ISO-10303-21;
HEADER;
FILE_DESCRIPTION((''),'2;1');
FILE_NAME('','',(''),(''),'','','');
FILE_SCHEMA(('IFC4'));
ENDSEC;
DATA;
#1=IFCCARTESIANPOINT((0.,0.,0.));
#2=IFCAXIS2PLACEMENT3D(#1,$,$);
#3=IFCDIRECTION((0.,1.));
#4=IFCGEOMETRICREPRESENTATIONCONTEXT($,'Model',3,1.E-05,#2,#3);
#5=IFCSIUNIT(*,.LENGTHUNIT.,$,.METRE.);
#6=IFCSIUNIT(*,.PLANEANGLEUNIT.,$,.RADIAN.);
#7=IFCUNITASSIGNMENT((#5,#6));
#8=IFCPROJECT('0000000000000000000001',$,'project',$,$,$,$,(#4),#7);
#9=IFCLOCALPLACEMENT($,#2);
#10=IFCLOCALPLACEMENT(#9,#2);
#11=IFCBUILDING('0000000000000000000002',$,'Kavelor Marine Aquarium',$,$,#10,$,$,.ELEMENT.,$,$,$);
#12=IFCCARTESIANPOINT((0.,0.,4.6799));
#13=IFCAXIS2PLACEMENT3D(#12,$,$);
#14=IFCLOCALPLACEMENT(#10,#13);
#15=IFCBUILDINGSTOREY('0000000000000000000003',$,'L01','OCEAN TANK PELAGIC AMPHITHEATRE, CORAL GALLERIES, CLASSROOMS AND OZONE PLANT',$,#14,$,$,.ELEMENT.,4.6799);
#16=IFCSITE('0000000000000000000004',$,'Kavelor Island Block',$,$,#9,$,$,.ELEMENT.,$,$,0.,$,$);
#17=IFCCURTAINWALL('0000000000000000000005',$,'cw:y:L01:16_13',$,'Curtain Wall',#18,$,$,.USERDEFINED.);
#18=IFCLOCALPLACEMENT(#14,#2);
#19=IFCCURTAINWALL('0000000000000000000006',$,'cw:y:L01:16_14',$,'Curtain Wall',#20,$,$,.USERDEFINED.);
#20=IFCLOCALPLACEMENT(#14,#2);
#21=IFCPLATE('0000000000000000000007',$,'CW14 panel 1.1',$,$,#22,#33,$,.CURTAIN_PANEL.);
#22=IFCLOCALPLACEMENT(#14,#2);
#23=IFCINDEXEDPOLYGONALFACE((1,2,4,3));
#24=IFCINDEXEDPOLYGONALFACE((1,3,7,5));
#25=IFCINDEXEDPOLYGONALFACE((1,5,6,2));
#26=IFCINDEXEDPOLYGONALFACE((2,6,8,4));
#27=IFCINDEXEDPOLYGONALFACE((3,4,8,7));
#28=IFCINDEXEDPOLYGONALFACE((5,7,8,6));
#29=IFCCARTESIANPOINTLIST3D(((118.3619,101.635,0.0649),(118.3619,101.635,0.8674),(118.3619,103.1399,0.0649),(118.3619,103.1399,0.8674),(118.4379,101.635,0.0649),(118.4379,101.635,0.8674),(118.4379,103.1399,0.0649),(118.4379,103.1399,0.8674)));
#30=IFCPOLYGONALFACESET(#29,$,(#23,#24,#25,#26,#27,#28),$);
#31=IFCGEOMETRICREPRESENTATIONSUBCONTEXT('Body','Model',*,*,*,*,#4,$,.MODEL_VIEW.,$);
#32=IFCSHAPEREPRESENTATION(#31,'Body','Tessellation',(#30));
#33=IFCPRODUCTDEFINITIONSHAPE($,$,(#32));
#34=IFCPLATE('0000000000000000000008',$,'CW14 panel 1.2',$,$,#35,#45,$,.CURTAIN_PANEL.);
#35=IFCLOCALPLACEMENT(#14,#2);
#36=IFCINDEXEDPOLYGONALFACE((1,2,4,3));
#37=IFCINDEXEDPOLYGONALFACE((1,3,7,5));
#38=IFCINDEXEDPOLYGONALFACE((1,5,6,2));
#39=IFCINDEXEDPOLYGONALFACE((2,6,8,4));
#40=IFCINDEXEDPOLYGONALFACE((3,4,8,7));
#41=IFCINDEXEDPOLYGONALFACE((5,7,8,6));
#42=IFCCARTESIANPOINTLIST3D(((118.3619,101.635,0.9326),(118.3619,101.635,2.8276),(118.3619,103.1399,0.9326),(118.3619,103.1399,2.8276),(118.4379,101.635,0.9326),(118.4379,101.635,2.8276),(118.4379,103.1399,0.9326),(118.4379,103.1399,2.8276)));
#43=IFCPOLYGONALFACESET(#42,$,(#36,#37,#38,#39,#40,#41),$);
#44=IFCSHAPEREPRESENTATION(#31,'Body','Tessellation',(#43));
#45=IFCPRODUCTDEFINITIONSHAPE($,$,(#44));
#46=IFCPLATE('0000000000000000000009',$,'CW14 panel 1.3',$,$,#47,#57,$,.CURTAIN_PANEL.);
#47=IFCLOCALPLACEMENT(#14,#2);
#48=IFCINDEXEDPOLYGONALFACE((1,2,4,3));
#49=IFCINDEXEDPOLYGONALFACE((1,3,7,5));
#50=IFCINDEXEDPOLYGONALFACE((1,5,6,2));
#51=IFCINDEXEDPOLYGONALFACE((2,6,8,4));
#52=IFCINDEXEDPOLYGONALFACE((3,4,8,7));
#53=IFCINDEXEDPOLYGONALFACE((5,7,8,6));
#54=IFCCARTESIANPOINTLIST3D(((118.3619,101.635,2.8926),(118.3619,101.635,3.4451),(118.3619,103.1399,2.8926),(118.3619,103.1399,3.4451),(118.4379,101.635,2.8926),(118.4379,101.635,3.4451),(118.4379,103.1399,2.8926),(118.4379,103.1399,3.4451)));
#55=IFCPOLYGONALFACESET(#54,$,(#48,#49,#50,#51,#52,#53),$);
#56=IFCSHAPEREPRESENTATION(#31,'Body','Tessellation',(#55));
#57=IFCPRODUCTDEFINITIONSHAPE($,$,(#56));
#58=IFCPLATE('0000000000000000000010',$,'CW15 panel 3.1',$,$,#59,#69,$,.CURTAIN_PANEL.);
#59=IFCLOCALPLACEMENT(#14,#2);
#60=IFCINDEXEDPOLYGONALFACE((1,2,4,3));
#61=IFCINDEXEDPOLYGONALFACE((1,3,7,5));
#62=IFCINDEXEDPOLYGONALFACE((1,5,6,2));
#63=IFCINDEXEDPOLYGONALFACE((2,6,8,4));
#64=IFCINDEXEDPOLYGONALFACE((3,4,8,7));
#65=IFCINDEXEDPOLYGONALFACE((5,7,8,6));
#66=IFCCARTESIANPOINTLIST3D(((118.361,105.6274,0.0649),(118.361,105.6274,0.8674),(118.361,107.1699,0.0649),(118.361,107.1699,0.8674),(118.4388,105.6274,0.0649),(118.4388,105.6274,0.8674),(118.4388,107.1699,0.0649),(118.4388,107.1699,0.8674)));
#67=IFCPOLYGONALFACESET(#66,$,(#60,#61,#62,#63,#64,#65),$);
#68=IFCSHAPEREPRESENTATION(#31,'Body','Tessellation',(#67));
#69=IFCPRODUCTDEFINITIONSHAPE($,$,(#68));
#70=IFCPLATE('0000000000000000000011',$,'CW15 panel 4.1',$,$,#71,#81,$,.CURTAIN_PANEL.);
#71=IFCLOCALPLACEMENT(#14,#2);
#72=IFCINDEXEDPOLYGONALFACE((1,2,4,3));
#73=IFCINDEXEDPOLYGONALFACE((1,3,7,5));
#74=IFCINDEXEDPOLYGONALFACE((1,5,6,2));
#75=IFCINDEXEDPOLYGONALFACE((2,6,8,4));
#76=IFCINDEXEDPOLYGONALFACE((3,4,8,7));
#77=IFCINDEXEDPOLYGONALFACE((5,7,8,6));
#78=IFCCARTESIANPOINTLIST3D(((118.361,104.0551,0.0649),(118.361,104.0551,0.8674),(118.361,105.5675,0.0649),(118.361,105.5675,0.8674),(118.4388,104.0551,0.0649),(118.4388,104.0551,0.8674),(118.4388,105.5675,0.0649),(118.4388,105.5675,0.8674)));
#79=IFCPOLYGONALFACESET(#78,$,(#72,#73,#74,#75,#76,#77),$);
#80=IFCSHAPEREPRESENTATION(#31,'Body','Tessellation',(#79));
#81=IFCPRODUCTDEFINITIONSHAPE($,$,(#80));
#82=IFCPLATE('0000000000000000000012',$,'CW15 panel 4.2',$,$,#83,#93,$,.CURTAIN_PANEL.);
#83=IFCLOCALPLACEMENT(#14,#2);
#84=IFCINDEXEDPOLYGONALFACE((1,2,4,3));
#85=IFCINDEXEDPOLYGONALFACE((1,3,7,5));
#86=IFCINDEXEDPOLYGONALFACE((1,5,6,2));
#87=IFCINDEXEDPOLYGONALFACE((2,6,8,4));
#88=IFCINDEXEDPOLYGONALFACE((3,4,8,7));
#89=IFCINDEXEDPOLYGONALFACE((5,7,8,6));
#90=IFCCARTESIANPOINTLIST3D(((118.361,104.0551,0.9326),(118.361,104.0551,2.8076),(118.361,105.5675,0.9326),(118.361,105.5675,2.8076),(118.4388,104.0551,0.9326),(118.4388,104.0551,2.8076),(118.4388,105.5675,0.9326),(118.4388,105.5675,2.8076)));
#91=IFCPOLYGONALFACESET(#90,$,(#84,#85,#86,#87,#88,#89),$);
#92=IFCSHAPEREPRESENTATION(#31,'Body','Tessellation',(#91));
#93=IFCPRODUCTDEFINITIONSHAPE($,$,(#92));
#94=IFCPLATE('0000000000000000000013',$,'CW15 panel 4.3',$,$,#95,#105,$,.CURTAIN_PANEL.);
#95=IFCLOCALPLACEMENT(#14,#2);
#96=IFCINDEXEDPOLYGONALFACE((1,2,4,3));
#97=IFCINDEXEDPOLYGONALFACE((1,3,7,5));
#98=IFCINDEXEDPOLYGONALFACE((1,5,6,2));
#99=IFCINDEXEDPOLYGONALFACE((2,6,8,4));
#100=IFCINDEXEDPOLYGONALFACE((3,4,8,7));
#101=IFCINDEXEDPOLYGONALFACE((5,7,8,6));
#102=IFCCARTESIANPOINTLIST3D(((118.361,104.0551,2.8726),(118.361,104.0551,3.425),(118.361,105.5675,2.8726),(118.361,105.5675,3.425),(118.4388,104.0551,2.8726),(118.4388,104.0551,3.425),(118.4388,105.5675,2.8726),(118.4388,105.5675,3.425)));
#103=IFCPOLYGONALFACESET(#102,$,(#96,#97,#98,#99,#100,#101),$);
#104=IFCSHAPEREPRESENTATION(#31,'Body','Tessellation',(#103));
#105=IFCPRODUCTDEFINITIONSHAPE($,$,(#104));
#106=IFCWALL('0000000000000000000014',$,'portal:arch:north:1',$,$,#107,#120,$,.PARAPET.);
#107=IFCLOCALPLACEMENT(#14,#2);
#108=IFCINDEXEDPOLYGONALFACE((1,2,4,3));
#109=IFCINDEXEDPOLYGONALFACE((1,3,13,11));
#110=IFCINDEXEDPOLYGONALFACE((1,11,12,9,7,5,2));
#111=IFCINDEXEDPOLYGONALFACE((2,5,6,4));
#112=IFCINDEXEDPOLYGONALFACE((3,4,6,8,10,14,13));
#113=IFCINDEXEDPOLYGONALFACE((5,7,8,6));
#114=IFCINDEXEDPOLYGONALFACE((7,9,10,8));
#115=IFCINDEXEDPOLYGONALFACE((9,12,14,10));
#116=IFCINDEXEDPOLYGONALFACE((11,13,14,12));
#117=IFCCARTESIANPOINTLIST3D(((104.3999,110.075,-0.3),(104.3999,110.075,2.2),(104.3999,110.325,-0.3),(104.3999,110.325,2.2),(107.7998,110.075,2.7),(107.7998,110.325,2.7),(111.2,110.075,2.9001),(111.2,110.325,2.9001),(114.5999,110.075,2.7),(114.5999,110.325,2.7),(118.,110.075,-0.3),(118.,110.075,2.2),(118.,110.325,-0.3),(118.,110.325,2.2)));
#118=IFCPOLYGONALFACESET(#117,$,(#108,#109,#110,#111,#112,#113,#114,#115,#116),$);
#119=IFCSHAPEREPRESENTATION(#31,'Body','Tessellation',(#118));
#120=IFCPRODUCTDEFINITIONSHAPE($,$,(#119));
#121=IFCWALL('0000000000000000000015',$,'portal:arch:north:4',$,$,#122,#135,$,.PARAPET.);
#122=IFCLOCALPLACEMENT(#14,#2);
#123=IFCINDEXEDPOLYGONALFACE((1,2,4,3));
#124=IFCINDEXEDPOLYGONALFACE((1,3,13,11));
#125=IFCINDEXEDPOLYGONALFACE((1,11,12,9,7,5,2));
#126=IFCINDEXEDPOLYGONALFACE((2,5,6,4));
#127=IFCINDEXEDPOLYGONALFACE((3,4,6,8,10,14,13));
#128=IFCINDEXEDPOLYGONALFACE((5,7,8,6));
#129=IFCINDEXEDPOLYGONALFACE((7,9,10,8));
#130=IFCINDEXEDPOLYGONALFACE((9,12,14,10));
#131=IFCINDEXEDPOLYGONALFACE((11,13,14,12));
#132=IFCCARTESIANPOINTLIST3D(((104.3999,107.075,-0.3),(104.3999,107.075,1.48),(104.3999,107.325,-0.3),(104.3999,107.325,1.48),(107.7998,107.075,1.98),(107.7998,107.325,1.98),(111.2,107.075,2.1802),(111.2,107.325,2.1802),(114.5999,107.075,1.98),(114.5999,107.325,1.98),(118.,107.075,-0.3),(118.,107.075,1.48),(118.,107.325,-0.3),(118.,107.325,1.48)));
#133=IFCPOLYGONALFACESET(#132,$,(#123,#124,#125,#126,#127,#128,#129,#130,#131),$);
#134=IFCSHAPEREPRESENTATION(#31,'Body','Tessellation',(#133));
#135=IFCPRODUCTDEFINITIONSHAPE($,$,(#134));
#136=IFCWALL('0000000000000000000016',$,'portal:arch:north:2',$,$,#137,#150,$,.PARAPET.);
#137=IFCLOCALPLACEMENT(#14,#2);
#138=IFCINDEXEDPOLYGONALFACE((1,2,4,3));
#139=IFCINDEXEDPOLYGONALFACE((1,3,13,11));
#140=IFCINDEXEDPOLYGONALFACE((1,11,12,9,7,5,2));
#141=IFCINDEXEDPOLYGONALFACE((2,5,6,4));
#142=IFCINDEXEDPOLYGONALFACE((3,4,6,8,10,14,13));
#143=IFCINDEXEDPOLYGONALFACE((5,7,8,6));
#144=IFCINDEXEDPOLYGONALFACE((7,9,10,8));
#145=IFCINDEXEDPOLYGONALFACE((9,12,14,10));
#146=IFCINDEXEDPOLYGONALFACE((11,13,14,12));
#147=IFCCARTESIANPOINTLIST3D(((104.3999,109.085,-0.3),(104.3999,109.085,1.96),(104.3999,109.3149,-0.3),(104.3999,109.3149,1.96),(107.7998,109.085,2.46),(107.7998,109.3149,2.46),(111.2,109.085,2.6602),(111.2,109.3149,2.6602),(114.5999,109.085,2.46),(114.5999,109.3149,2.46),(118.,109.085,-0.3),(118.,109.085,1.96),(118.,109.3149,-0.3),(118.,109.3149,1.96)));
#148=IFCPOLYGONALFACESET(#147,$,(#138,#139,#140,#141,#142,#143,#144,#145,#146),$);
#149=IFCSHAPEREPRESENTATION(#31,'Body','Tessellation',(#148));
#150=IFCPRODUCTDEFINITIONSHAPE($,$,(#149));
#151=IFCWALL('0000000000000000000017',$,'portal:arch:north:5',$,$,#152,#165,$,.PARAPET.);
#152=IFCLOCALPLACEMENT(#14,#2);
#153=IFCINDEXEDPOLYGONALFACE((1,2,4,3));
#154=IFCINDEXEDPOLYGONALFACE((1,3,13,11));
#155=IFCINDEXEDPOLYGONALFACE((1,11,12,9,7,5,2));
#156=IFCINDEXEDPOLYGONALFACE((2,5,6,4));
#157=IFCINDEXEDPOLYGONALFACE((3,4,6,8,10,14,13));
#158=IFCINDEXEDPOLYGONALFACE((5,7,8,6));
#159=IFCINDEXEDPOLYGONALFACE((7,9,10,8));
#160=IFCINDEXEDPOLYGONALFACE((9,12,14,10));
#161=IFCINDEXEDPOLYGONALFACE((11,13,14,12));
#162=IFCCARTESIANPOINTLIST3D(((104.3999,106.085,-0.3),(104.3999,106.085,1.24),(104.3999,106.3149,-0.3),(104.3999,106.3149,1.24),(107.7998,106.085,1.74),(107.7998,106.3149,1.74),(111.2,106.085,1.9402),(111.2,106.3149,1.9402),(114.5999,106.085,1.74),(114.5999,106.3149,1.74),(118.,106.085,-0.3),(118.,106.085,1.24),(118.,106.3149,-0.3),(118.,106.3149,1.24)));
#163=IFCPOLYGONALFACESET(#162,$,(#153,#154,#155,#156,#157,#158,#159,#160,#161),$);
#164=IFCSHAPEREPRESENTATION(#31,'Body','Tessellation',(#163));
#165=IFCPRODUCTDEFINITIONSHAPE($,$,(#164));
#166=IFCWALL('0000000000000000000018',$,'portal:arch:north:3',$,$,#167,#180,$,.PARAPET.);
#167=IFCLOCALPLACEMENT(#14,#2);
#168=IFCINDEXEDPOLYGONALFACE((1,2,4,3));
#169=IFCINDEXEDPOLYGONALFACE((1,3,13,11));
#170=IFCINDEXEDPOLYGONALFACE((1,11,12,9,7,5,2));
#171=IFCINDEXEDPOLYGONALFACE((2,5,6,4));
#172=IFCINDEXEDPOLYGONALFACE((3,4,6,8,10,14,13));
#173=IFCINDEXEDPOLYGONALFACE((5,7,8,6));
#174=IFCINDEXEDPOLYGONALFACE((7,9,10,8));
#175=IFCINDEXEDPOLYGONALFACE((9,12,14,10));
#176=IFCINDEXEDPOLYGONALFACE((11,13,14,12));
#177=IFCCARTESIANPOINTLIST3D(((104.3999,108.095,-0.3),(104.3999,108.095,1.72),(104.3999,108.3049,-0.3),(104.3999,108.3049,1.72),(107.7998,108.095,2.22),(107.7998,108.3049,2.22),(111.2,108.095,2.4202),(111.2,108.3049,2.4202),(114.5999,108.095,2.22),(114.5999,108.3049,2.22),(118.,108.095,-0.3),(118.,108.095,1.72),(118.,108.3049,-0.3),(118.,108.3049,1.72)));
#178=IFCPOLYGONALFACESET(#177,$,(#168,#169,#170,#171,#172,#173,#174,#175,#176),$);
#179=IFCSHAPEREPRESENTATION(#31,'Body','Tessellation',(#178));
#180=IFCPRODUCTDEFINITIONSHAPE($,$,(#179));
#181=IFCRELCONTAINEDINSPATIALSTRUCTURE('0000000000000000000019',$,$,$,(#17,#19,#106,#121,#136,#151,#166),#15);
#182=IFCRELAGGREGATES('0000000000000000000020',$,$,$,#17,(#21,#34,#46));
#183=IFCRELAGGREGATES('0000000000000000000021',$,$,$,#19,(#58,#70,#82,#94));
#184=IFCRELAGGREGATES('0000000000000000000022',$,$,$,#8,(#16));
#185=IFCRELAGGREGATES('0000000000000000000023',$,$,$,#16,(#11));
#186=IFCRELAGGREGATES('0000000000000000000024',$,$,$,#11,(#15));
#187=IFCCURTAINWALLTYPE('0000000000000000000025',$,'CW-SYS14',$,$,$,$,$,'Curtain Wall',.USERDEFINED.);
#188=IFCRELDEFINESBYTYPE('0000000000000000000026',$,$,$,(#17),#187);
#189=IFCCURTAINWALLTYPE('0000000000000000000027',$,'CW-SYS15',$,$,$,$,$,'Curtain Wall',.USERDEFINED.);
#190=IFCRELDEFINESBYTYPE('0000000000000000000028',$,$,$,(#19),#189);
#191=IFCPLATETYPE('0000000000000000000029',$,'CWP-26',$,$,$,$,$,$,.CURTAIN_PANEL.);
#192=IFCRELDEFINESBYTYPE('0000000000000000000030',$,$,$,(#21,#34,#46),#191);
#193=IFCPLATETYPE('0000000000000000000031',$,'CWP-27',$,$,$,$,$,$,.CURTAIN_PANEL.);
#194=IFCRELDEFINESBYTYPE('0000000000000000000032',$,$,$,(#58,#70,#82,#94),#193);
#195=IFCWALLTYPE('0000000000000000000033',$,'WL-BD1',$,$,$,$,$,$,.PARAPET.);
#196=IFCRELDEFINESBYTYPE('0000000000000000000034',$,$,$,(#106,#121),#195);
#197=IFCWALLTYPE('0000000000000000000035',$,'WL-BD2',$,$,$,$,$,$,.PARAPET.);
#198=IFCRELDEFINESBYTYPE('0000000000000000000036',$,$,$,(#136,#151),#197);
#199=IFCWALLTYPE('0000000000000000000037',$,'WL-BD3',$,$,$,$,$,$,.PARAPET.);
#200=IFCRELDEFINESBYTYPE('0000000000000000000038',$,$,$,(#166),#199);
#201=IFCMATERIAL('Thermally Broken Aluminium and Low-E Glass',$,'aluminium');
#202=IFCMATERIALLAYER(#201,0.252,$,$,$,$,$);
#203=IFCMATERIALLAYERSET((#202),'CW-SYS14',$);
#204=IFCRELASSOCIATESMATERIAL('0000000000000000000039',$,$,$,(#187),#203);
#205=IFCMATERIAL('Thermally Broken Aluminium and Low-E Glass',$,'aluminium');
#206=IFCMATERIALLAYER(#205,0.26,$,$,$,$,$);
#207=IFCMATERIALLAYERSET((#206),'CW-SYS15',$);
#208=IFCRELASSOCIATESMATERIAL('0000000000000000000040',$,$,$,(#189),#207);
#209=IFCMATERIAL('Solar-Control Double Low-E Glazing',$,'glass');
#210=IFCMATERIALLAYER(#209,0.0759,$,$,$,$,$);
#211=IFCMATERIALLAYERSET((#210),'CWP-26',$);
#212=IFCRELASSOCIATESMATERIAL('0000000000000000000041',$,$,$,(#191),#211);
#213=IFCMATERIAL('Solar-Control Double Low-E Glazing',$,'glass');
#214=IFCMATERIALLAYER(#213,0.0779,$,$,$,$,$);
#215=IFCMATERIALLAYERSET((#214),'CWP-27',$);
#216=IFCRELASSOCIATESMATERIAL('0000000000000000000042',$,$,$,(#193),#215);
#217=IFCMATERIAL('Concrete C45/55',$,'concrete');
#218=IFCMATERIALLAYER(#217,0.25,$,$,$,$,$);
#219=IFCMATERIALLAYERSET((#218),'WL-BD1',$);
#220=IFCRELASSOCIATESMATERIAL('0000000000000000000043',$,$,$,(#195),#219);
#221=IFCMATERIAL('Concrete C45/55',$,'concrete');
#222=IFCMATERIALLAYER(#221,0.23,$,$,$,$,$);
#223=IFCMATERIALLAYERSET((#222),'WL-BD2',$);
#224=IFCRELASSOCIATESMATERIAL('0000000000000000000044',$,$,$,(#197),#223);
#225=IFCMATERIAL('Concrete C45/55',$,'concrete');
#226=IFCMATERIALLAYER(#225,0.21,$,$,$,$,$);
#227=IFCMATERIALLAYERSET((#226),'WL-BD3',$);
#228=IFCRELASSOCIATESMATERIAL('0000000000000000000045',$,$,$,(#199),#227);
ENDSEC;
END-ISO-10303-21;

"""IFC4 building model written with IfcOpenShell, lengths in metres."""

from ifc_helpers import new_model, si_unit, direction, frame, origin, origin_2d, place, context, subcontext, project, spatial, polyline, rectangle, outline, extrude, material, layer, layer_set, type_object, element, aggregate, save


model = new_model("IFC4")

# Units and contexts
model_context = context("Model", 3, precision=1e-05, world=origin(), true_north=direction((0.0, 1.0)))
body_context = subcontext(model_context, "Body", "Model", "MODEL_VIEW")
ifc_project = project(units=[si_unit("LENGTHUNIT", "METRE"), si_unit("PLANEANGLEUNIT", "RADIAN")], contexts=[model_context])

# Site, building, storey
site_placement = place(None, origin())
site = spatial("IfcSite", under=ifc_project, at=site_placement, Name="Kavelor Island Block", CompositionType="ELEMENT", RefElevation=0.0)
building_placement = place(site_placement, origin())
building = spatial("IfcBuilding", under=site, at=building_placement, Name="Kavelor Marine Aquarium", CompositionType="ELEMENT")
storey_placement = place(building_placement, frame((0.0, 0.0, 4.6799)))
storey = spatial("IfcBuildingStorey", under=building, at=storey_placement, Name="L01", Description="OCEAN TANK PELAGIC AMPHITHEATRE, CORAL GALLERIES, CLASSROOMS AND OZONE PLANT", CompositionType="ELEMENT", Elevation=4.6799)

# Curtain walls
ifc_material_1 = material(Name="Thermally Broken Aluminium and Low-E Glass", Category="aluminium")
ifc_layer_1 = layer(ifc_material_1, 0.252)
ifc_layer_set_1 = layer_set([ifc_layer_1], Name="CW-SYS14")
curtain_wall_type_1 = type_object("IfcCurtainWallType", Name="CW-SYS14", ElementType="Curtain Wall", PredefinedType="USERDEFINED", material=ifc_layer_set_1)
curtain_wall_1_placement = place(storey_placement, origin())
curtain_wall_1 = element("IfcCurtainWall", 1, at=curtain_wall_1_placement, inside=storey, type_object=curtain_wall_type_1, Name="cw:y:L01:16_13", ObjectType="Curtain Wall", PredefinedType="USERDEFINED")
ifc_material_2 = material(Name="Thermally Broken Aluminium and Low-E Glass", Category="aluminium")
ifc_layer_2 = layer(ifc_material_2, 0.26)
ifc_layer_set_2 = layer_set([ifc_layer_2], Name="CW-SYS15")
curtain_wall_type_2 = type_object("IfcCurtainWallType", Name="CW-SYS15", ElementType="Curtain Wall", PredefinedType="USERDEFINED", material=ifc_layer_set_2)
curtain_wall_2_placement = place(storey_placement, origin())
curtain_wall_2 = element("IfcCurtainWall", 2, at=curtain_wall_2_placement, inside=storey, type_object=curtain_wall_type_2, Name="cw:y:L01:16_14", ObjectType="Curtain Wall", PredefinedType="USERDEFINED")

# Plates
ifc_material_3 = material(Name="Solar-Control Double Low-E Glazing", Category="glass")
ifc_layer_3 = layer(ifc_material_3, 0.0759)
ifc_layer_set_3 = layer_set([ifc_layer_3], Name="CWP-26")
plate_type_1 = type_object("IfcPlateType", Name="CWP-26", PredefinedType="CURTAIN_PANEL", material=ifc_layer_set_3)
plate_1_placement = place(storey_placement, frame((118.3999, 102.3875, 0.0649), z_axis=(0.0, 0.0, 1.0), x_axis=(0.0, -1.0, 0.0)))
plate_1 = element("IfcPlate", 3, at=plate_1_placement, type_object=plate_type_1, Name="CW14 panel 1.1", PredefinedType="CURTAIN_PANEL", context=body_context, shape_type="SweptSolid", body=[
    extrude(rectangle(XDim=1.5049, YDim=0.0759, at=origin_2d()), origin(), (0.0, 0.0, 1.0), 0.8025),
])
plate_2_placement = place(storey_placement, frame((118.3999, 102.3875, 0.9326), z_axis=(0.0, 0.0, 1.0), x_axis=(0.0, -1.0, 0.0)))
plate_2 = element("IfcPlate", 4, at=plate_2_placement, type_object=plate_type_1, Name="CW14 panel 1.2", PredefinedType="CURTAIN_PANEL", context=body_context, shape_type="SweptSolid", body=[
    extrude(rectangle(XDim=1.5049, YDim=0.0759, at=origin_2d()), origin(), (0.0, 0.0, 1.0), 1.895),
])
plate_3_placement = place(storey_placement, frame((118.3999, 102.3875, 2.8926), z_axis=(0.0, 0.0, 1.0), x_axis=(0.0, -1.0, 0.0)))
plate_3 = element("IfcPlate", 5, at=plate_3_placement, type_object=plate_type_1, Name="CW14 panel 1.3", PredefinedType="CURTAIN_PANEL", context=body_context, shape_type="SweptSolid", body=[
    extrude(rectangle(XDim=1.5049, YDim=0.0759, at=origin_2d()), origin(), (0.0, 0.0, 1.0), 0.5525),
])
aggregate(curtain_wall_1, [plate_1, plate_2, plate_3])
ifc_material_4 = material(Name="Solar-Control Double Low-E Glazing", Category="glass")
ifc_layer_4 = layer(ifc_material_4, 0.0779)
ifc_layer_set_4 = layer_set([ifc_layer_4], Name="CWP-27")
plate_type_2 = type_object("IfcPlateType", Name="CWP-27", PredefinedType="CURTAIN_PANEL", material=ifc_layer_set_4)
plate_4_placement = place(storey_placement, frame((118.3999, 106.3987, 0.0649), z_axis=(0.0, 0.0, 1.0), x_axis=(0.0, -1.0, 0.0)))
plate_4 = element("IfcPlate", 6, at=plate_4_placement, type_object=plate_type_2, Name="CW15 panel 3.1", PredefinedType="CURTAIN_PANEL", context=body_context, shape_type="SweptSolid", body=[
    extrude(rectangle(XDim=1.5425, YDim=0.0779, at=origin_2d()), origin(), (0.0, 0.0, 1.0), 0.8025),
])
plate_5_placement = place(storey_placement, frame((118.3999, 104.8113, 0.0649), z_axis=(0.0, 0.0, 1.0), x_axis=(0.0, -1.0, 0.0)))
plate_5 = element("IfcPlate", 7, at=plate_5_placement, type_object=plate_type_2, Name="CW15 panel 4.1", PredefinedType="CURTAIN_PANEL", context=body_context, shape_type="SweptSolid", body=[
    extrude(rectangle(XDim=1.5125, YDim=0.0779, at=origin_2d()), origin(), (0.0, 0.0, 1.0), 0.8025),
])
plate_6_placement = place(storey_placement, frame((118.3999, 104.8113, 0.9326), z_axis=(0.0, 0.0, 1.0), x_axis=(0.0, -1.0, 0.0)))
plate_6 = element("IfcPlate", 8, at=plate_6_placement, type_object=plate_type_2, Name="CW15 panel 4.2", PredefinedType="CURTAIN_PANEL", context=body_context, shape_type="SweptSolid", body=[
    extrude(rectangle(XDim=1.5125, YDim=0.0779, at=origin_2d()), origin(), (0.0, 0.0, 1.0), 1.875),
])
plate_7_placement = place(storey_placement, frame((118.3999, 104.8113, 2.8726), z_axis=(0.0, 0.0, 1.0), x_axis=(0.0, -1.0, 0.0)))
plate_7 = element("IfcPlate", 9, at=plate_7_placement, type_object=plate_type_2, Name="CW15 panel 4.3", PredefinedType="CURTAIN_PANEL", context=body_context, shape_type="SweptSolid", body=[
    extrude(rectangle(XDim=1.5125, YDim=0.0779, at=origin_2d()), origin(), (0.0, 0.0, 1.0), 0.5525),
])
aggregate(curtain_wall_2, [plate_4, plate_5, plate_6, plate_7])

# Walls
ifc_material_5 = material(Name="Concrete C45/55", Category="concrete")
ifc_layer_5 = layer(ifc_material_5, 0.25)
ifc_layer_set_5 = layer_set([ifc_layer_5], Name="WL-BD1")
wall_type_1 = type_object("IfcWallType", Name="WL-BD1", PredefinedType="PARAPET", material=ifc_layer_set_5)
wall_1_placement = place(storey_placement, frame((104.3999, 110.2, -0.3), z_axis=(0.0, 0.0, 1.0), x_axis=(1.0, 0.0, 0.0)))
element("IfcWall", 10, at=wall_1_placement, inside=storey, type_object=wall_type_1, Name="portal:arch:north:1", PredefinedType="PARAPET", context=body_context, shape_type="SweptSolid", body=[
    extrude(outline(polyline([(0.0, 0.0), (13.6001, 0.0), (13.6001, 2.5), (10.2, 3.0), (6.8, 3.2002), (3.3999, 3.0), (0.0, 2.5), (0.0, 0.0)])), frame((0.0, 0.125, 0.0), z_axis=(0.0, -1.0, 0.0), x_axis=(1.0, 0.0, 0.0)), (0.0, 0.0, 1.0), 0.25),
])
wall_2_placement = place(storey_placement, frame((104.3999, 107.2, -0.3), z_axis=(0.0, 0.0, 1.0), x_axis=(1.0, 0.0, 0.0)))
element("IfcWall", 11, at=wall_2_placement, inside=storey, type_object=wall_type_1, Name="portal:arch:north:4", PredefinedType="PARAPET", context=body_context, shape_type="SweptSolid", body=[
    extrude(outline(polyline([(0.0, 0.0), (13.6001, 0.0), (13.6001, 1.78), (10.2, 2.28), (6.8, 2.4802), (3.3999, 2.28), (0.0, 1.78), (0.0, 0.0)])), frame((0.0, 0.125, 0.0), z_axis=(0.0, -1.0, 0.0), x_axis=(1.0, 0.0, 0.0)), (0.0, 0.0, 1.0), 0.25),
])
ifc_material_6 = material(Name="Concrete C45/55", Category="concrete")
ifc_layer_6 = layer(ifc_material_6, 0.23)
ifc_layer_set_6 = layer_set([ifc_layer_6], Name="WL-BD2")
wall_type_2 = type_object("IfcWallType", Name="WL-BD2", PredefinedType="PARAPET", material=ifc_layer_set_6)
wall_3_placement = place(storey_placement, frame((104.3999, 109.2, -0.3), z_axis=(0.0, 0.0, 1.0), x_axis=(1.0, 0.0, 0.0)))
element("IfcWall", 12, at=wall_3_placement, inside=storey, type_object=wall_type_2, Name="portal:arch:north:2", PredefinedType="PARAPET", context=body_context, shape_type="SweptSolid", body=[
    extrude(outline(polyline([(0.0, 0.0), (13.6001, 0.0), (13.6001, 2.26), (10.2, 2.76), (6.8, 2.9602), (3.3999, 2.76), (0.0, 2.26), (0.0, 0.0)])), frame((0.0, 0.115, 0.0), z_axis=(0.0, -1.0, 0.0), x_axis=(1.0, 0.0, 0.0)), (0.0, 0.0, 1.0), 0.23),
])
wall_4_placement = place(storey_placement, frame((104.3999, 106.2, -0.3), z_axis=(0.0, 0.0, 1.0), x_axis=(1.0, 0.0, 0.0)))
element("IfcWall", 13, at=wall_4_placement, inside=storey, type_object=wall_type_2, Name="portal:arch:north:5", PredefinedType="PARAPET", context=body_context, shape_type="SweptSolid", body=[
    extrude(outline(polyline([(0.0, 0.0), (13.6001, 0.0), (13.6001, 1.54), (10.2, 2.04), (6.8, 2.2402), (3.3999, 2.04), (0.0, 1.54), (0.0, 0.0)])), frame((0.0, 0.115, 0.0), z_axis=(0.0, -1.0, 0.0), x_axis=(1.0, 0.0, 0.0)), (0.0, 0.0, 1.0), 0.23),
])
ifc_material_7 = material(Name="Concrete C45/55", Category="concrete")
ifc_layer_7 = layer(ifc_material_7, 0.21)
ifc_layer_set_7 = layer_set([ifc_layer_7], Name="WL-BD3")
wall_type_3 = type_object("IfcWallType", Name="WL-BD3", PredefinedType="PARAPET", material=ifc_layer_set_7)
wall_5_placement = place(storey_placement, frame((104.3999, 108.2, -0.3), z_axis=(0.0, 0.0, 1.0), x_axis=(1.0, 0.0, 0.0)))
element("IfcWall", 14, at=wall_5_placement, inside=storey, type_object=wall_type_3, Name="portal:arch:north:3", PredefinedType="PARAPET", context=body_context, shape_type="SweptSolid", body=[
    extrude(outline(polyline([(0.0, 0.0), (13.6001, 0.0), (13.6001, 2.02), (10.2, 2.52), (6.8, 2.7202), (3.3999, 2.52), (0.0, 2.02), (0.0, 0.0)])), frame((0.0, 0.105, 0.0), z_axis=(0.0, -1.0, 0.0), x_axis=(1.0, 0.0, 0.0)), (0.0, 0.0, 1.0), 0.21),
])

save(model, "model.ifc")
